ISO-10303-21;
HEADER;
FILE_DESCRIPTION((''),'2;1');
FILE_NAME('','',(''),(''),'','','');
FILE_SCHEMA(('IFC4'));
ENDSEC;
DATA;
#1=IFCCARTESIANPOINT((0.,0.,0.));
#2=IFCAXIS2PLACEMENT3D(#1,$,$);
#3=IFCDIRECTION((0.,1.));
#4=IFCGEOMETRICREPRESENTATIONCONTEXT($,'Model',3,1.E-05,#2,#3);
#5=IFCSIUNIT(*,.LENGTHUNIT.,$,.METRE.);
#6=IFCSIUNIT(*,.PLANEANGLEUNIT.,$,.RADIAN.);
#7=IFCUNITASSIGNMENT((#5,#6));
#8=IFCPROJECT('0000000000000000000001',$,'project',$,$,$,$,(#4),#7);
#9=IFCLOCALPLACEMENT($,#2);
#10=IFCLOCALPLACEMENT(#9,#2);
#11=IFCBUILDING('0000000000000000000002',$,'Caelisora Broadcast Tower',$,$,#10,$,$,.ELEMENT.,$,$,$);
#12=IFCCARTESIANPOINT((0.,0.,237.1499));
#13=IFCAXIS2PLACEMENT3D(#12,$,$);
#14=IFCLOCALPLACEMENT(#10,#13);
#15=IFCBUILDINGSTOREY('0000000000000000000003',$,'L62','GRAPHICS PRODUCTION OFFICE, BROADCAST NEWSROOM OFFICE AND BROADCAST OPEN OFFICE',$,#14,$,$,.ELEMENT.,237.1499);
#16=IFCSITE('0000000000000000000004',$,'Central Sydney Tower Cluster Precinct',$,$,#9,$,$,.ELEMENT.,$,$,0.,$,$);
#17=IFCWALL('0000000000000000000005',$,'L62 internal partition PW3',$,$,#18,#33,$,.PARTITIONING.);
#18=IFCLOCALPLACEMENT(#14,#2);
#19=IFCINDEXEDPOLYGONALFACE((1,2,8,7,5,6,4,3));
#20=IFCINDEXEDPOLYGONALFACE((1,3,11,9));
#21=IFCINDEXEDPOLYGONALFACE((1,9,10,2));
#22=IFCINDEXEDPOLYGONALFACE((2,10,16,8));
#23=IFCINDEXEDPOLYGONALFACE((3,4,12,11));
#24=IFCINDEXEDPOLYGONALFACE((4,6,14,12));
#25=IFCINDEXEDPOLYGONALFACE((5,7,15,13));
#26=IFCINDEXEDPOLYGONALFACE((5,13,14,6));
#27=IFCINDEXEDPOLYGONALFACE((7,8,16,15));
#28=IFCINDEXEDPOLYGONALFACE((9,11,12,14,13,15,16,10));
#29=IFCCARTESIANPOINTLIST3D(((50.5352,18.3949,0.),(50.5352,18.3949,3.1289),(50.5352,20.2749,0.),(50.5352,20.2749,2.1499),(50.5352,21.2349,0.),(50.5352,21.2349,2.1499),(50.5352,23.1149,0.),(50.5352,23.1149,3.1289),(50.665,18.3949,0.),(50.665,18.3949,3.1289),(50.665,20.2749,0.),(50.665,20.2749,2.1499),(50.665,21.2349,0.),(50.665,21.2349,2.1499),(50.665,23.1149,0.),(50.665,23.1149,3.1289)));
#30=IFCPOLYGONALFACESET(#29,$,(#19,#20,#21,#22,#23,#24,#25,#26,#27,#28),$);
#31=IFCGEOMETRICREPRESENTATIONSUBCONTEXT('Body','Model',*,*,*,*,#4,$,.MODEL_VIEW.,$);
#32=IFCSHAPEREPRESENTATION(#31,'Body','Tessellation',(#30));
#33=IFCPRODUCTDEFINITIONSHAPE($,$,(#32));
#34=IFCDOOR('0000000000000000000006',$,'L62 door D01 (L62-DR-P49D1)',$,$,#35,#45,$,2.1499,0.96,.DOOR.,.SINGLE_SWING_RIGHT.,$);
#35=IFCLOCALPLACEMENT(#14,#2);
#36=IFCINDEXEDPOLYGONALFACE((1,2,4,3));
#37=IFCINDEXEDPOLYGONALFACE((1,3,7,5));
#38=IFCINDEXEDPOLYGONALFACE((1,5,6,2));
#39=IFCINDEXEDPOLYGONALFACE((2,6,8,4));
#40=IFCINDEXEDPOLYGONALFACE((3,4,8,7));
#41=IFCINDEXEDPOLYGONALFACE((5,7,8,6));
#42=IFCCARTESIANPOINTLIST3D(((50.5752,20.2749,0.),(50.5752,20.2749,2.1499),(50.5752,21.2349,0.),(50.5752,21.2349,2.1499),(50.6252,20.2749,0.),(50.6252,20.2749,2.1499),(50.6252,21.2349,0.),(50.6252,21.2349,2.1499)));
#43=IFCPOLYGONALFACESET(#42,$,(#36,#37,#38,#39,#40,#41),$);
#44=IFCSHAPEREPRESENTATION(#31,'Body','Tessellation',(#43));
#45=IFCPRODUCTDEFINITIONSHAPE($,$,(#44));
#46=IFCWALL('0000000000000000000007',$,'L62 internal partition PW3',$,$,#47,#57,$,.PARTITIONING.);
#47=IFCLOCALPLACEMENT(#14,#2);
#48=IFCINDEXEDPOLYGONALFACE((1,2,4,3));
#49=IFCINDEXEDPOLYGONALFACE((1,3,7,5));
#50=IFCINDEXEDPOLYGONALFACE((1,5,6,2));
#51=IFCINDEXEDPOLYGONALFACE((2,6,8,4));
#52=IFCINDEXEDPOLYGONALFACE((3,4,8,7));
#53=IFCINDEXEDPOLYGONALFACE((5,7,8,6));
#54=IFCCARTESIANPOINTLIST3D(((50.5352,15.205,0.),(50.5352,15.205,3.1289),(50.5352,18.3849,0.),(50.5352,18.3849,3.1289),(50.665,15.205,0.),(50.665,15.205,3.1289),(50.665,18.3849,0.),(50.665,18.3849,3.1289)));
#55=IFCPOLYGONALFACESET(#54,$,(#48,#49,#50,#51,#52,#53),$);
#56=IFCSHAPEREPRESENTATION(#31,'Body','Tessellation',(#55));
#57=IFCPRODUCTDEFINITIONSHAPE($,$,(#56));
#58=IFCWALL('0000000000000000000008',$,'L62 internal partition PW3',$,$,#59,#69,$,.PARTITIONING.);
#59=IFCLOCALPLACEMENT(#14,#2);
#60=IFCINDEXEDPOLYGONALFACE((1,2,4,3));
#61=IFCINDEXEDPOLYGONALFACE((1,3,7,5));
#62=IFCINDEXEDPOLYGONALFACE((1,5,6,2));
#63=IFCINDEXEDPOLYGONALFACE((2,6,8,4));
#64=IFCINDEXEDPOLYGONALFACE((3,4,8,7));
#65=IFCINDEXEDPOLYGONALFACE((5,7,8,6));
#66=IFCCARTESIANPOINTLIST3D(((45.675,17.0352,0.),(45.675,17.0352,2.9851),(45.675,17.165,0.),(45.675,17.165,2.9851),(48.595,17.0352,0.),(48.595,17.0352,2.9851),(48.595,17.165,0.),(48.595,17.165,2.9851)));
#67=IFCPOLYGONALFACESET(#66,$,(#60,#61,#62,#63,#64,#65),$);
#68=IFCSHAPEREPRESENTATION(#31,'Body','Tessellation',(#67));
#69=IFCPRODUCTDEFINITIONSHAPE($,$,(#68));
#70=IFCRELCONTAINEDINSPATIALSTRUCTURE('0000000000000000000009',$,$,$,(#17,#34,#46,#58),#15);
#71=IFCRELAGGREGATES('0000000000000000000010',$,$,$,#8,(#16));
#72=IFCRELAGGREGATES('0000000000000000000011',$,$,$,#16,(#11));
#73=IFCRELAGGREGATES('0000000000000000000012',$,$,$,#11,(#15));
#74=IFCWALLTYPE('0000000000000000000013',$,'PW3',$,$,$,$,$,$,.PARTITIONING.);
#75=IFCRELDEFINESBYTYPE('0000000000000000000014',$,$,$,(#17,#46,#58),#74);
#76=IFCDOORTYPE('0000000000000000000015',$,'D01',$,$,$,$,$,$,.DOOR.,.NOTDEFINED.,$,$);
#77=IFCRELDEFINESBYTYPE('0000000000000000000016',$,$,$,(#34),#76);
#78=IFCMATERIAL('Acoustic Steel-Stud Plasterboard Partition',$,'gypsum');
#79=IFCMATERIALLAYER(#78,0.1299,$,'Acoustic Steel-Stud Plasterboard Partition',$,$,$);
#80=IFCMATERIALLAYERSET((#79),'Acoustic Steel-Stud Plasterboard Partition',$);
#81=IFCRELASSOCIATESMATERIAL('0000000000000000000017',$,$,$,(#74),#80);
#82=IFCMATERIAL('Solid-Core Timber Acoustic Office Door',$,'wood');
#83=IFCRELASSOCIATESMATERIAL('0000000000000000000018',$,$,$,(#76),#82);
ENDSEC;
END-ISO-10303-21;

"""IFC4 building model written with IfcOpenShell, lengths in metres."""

from ifc_helpers import new_model, si_unit, direction, frame, frame_2d, origin, place, context, subcontext, project, spatial, rectangle, extrude, material, layer, layer_set, type_object, element, fill, save


model = new_model("IFC4")

# Units and contexts
model_context = context("Model", 3, precision=1e-05, world=origin(), true_north=direction((0.0, 1.0)))
body_context = subcontext(model_context, "Body", "Model", "MODEL_VIEW")
ifc_project = project(units=[si_unit("LENGTHUNIT", "METRE"), si_unit("PLANEANGLEUNIT", "RADIAN")], contexts=[model_context])

# Site, building, storey
site_placement = place(None, origin())
site = spatial("IfcSite", under=ifc_project, at=site_placement, Name="Central Sydney Tower Cluster Precinct", CompositionType="ELEMENT", RefElevation=0.0)
building_placement = place(site_placement, origin())
building = spatial("IfcBuilding", under=site, at=building_placement, Name="Caelisora Broadcast Tower", CompositionType="ELEMENT")
storey_placement = place(building_placement, frame((0.0, 0.0, 237.1499)))
storey = spatial("IfcBuildingStorey", under=building, at=storey_placement, Name="L62", Description="GRAPHICS PRODUCTION OFFICE, BROADCAST NEWSROOM OFFICE AND BROADCAST OPEN OFFICE", CompositionType="ELEMENT", Elevation=237.1499)

# Shared definitions
ifc_material_1 = material(Name="Acoustic Steel-Stud Plasterboard Partition", Category="gypsum")
ifc_layer_1 = layer(ifc_material_1, 0.1299, Name="Acoustic Steel-Stud Plasterboard Partition")
ifc_layer_set_1 = layer_set([ifc_layer_1], Name="Acoustic Steel-Stud Plasterboard Partition")
wall_type = type_object("IfcWallType", Name="PW3", PredefinedType="PARTITIONING", material=ifc_layer_set_1)

# Wall, opening, door
ifc_material_2 = material(Name="Solid-Core Timber Acoustic Office Door", Category="wood")
door_type = type_object("IfcDoorType", Name="D01", OperationType="NOTDEFINED", PredefinedType="DOOR", material=ifc_material_2)
wall_1_placement = place(storey_placement, frame((50.6001, 18.395, 0.0), z_axis=(0.0, 0.0, 1.0), x_axis=(0.0, 1.0, 0.0)))
wall_1 = element("IfcWall", 1, at=wall_1_placement, inside=storey, type_object=wall_type, Name="L62 internal partition PW3", PredefinedType="PARTITIONING", context=body_context, shape_type="SweptSolid", body=[
    extrude(rectangle(XDim=4.72, YDim=0.1299, at=frame_2d((2.3599, 0.0))), origin(), (0.0, 0.0, 1.0), 3.1289),
])
opening_1_placement = place(wall_1_placement, frame((1.8799, 0.0, 0.0)))
opening_1 = element("IfcOpeningElement", 2, at=opening_1_placement, cuts=wall_1, PredefinedType="OPENING", context=body_context, shape_type="SweptSolid", body=[
    extrude(rectangle(XDim=0.96, YDim=2.1499, at=frame_2d((0.48, 1.075))), frame((0.0, 0.0769, 0.0), z_axis=(0.0, -1.0, 0.0), x_axis=(1.0, 0.0, 0.0)), (0.0, 0.0, 1.0), 0.1538),
])
door_1_placement = place(opening_1_placement, origin())
door_1 = element("IfcDoor", 3, at=door_1_placement, inside=storey, type_object=door_type, Name="L62 door D01 (L62-DR-P49D1)", OperationType="SINGLE_SWING_RIGHT", OverallHeight=2.1499, OverallWidth=0.96, PredefinedType="DOOR", context=body_context, shape_type="SweptSolid", body=[
    extrude(rectangle(XDim=0.96, YDim=2.1499, at=frame_2d((0.48, 1.075))), frame((0.0, 0.0249, 0.0), z_axis=(0.0, -1.0, 0.0), x_axis=(1.0, 0.0, 0.0)), (0.0, 0.0, 1.0), 0.05),
])
fill(opening_1, door_1)

# Walls
wall_2_placement = place(storey_placement, frame((50.6001, 15.2051, 0.0), z_axis=(0.0, 0.0, 1.0), x_axis=(0.0, 1.0, 0.0)))
element("IfcWall", 4, at=wall_2_placement, inside=storey, type_object=wall_type, Name="L62 internal partition PW3", PredefinedType="PARTITIONING", context=body_context, shape_type="SweptSolid", body=[
    extrude(rectangle(XDim=3.1799, YDim=0.1299, at=frame_2d((1.5898, 0.0))), origin(), (0.0, 0.0, 1.0), 3.1289),
])
wall_3_placement = place(storey_placement, frame((45.675, 17.1001, 0.0), z_axis=(0.0, 0.0, 1.0), x_axis=(1.0, 0.0, 0.0)))
element("IfcWall", 5, at=wall_3_placement, inside=storey, type_object=wall_type, Name="L62 internal partition PW3", PredefinedType="PARTITIONING", context=body_context, shape_type="SweptSolid", body=[
    extrude(rectangle(XDim=2.9199, YDim=0.1299, at=frame_2d((1.46, 0.0))), origin(), (0.0, 0.0, 1.0), 2.9851),
])

save(model, "model.ifc")
